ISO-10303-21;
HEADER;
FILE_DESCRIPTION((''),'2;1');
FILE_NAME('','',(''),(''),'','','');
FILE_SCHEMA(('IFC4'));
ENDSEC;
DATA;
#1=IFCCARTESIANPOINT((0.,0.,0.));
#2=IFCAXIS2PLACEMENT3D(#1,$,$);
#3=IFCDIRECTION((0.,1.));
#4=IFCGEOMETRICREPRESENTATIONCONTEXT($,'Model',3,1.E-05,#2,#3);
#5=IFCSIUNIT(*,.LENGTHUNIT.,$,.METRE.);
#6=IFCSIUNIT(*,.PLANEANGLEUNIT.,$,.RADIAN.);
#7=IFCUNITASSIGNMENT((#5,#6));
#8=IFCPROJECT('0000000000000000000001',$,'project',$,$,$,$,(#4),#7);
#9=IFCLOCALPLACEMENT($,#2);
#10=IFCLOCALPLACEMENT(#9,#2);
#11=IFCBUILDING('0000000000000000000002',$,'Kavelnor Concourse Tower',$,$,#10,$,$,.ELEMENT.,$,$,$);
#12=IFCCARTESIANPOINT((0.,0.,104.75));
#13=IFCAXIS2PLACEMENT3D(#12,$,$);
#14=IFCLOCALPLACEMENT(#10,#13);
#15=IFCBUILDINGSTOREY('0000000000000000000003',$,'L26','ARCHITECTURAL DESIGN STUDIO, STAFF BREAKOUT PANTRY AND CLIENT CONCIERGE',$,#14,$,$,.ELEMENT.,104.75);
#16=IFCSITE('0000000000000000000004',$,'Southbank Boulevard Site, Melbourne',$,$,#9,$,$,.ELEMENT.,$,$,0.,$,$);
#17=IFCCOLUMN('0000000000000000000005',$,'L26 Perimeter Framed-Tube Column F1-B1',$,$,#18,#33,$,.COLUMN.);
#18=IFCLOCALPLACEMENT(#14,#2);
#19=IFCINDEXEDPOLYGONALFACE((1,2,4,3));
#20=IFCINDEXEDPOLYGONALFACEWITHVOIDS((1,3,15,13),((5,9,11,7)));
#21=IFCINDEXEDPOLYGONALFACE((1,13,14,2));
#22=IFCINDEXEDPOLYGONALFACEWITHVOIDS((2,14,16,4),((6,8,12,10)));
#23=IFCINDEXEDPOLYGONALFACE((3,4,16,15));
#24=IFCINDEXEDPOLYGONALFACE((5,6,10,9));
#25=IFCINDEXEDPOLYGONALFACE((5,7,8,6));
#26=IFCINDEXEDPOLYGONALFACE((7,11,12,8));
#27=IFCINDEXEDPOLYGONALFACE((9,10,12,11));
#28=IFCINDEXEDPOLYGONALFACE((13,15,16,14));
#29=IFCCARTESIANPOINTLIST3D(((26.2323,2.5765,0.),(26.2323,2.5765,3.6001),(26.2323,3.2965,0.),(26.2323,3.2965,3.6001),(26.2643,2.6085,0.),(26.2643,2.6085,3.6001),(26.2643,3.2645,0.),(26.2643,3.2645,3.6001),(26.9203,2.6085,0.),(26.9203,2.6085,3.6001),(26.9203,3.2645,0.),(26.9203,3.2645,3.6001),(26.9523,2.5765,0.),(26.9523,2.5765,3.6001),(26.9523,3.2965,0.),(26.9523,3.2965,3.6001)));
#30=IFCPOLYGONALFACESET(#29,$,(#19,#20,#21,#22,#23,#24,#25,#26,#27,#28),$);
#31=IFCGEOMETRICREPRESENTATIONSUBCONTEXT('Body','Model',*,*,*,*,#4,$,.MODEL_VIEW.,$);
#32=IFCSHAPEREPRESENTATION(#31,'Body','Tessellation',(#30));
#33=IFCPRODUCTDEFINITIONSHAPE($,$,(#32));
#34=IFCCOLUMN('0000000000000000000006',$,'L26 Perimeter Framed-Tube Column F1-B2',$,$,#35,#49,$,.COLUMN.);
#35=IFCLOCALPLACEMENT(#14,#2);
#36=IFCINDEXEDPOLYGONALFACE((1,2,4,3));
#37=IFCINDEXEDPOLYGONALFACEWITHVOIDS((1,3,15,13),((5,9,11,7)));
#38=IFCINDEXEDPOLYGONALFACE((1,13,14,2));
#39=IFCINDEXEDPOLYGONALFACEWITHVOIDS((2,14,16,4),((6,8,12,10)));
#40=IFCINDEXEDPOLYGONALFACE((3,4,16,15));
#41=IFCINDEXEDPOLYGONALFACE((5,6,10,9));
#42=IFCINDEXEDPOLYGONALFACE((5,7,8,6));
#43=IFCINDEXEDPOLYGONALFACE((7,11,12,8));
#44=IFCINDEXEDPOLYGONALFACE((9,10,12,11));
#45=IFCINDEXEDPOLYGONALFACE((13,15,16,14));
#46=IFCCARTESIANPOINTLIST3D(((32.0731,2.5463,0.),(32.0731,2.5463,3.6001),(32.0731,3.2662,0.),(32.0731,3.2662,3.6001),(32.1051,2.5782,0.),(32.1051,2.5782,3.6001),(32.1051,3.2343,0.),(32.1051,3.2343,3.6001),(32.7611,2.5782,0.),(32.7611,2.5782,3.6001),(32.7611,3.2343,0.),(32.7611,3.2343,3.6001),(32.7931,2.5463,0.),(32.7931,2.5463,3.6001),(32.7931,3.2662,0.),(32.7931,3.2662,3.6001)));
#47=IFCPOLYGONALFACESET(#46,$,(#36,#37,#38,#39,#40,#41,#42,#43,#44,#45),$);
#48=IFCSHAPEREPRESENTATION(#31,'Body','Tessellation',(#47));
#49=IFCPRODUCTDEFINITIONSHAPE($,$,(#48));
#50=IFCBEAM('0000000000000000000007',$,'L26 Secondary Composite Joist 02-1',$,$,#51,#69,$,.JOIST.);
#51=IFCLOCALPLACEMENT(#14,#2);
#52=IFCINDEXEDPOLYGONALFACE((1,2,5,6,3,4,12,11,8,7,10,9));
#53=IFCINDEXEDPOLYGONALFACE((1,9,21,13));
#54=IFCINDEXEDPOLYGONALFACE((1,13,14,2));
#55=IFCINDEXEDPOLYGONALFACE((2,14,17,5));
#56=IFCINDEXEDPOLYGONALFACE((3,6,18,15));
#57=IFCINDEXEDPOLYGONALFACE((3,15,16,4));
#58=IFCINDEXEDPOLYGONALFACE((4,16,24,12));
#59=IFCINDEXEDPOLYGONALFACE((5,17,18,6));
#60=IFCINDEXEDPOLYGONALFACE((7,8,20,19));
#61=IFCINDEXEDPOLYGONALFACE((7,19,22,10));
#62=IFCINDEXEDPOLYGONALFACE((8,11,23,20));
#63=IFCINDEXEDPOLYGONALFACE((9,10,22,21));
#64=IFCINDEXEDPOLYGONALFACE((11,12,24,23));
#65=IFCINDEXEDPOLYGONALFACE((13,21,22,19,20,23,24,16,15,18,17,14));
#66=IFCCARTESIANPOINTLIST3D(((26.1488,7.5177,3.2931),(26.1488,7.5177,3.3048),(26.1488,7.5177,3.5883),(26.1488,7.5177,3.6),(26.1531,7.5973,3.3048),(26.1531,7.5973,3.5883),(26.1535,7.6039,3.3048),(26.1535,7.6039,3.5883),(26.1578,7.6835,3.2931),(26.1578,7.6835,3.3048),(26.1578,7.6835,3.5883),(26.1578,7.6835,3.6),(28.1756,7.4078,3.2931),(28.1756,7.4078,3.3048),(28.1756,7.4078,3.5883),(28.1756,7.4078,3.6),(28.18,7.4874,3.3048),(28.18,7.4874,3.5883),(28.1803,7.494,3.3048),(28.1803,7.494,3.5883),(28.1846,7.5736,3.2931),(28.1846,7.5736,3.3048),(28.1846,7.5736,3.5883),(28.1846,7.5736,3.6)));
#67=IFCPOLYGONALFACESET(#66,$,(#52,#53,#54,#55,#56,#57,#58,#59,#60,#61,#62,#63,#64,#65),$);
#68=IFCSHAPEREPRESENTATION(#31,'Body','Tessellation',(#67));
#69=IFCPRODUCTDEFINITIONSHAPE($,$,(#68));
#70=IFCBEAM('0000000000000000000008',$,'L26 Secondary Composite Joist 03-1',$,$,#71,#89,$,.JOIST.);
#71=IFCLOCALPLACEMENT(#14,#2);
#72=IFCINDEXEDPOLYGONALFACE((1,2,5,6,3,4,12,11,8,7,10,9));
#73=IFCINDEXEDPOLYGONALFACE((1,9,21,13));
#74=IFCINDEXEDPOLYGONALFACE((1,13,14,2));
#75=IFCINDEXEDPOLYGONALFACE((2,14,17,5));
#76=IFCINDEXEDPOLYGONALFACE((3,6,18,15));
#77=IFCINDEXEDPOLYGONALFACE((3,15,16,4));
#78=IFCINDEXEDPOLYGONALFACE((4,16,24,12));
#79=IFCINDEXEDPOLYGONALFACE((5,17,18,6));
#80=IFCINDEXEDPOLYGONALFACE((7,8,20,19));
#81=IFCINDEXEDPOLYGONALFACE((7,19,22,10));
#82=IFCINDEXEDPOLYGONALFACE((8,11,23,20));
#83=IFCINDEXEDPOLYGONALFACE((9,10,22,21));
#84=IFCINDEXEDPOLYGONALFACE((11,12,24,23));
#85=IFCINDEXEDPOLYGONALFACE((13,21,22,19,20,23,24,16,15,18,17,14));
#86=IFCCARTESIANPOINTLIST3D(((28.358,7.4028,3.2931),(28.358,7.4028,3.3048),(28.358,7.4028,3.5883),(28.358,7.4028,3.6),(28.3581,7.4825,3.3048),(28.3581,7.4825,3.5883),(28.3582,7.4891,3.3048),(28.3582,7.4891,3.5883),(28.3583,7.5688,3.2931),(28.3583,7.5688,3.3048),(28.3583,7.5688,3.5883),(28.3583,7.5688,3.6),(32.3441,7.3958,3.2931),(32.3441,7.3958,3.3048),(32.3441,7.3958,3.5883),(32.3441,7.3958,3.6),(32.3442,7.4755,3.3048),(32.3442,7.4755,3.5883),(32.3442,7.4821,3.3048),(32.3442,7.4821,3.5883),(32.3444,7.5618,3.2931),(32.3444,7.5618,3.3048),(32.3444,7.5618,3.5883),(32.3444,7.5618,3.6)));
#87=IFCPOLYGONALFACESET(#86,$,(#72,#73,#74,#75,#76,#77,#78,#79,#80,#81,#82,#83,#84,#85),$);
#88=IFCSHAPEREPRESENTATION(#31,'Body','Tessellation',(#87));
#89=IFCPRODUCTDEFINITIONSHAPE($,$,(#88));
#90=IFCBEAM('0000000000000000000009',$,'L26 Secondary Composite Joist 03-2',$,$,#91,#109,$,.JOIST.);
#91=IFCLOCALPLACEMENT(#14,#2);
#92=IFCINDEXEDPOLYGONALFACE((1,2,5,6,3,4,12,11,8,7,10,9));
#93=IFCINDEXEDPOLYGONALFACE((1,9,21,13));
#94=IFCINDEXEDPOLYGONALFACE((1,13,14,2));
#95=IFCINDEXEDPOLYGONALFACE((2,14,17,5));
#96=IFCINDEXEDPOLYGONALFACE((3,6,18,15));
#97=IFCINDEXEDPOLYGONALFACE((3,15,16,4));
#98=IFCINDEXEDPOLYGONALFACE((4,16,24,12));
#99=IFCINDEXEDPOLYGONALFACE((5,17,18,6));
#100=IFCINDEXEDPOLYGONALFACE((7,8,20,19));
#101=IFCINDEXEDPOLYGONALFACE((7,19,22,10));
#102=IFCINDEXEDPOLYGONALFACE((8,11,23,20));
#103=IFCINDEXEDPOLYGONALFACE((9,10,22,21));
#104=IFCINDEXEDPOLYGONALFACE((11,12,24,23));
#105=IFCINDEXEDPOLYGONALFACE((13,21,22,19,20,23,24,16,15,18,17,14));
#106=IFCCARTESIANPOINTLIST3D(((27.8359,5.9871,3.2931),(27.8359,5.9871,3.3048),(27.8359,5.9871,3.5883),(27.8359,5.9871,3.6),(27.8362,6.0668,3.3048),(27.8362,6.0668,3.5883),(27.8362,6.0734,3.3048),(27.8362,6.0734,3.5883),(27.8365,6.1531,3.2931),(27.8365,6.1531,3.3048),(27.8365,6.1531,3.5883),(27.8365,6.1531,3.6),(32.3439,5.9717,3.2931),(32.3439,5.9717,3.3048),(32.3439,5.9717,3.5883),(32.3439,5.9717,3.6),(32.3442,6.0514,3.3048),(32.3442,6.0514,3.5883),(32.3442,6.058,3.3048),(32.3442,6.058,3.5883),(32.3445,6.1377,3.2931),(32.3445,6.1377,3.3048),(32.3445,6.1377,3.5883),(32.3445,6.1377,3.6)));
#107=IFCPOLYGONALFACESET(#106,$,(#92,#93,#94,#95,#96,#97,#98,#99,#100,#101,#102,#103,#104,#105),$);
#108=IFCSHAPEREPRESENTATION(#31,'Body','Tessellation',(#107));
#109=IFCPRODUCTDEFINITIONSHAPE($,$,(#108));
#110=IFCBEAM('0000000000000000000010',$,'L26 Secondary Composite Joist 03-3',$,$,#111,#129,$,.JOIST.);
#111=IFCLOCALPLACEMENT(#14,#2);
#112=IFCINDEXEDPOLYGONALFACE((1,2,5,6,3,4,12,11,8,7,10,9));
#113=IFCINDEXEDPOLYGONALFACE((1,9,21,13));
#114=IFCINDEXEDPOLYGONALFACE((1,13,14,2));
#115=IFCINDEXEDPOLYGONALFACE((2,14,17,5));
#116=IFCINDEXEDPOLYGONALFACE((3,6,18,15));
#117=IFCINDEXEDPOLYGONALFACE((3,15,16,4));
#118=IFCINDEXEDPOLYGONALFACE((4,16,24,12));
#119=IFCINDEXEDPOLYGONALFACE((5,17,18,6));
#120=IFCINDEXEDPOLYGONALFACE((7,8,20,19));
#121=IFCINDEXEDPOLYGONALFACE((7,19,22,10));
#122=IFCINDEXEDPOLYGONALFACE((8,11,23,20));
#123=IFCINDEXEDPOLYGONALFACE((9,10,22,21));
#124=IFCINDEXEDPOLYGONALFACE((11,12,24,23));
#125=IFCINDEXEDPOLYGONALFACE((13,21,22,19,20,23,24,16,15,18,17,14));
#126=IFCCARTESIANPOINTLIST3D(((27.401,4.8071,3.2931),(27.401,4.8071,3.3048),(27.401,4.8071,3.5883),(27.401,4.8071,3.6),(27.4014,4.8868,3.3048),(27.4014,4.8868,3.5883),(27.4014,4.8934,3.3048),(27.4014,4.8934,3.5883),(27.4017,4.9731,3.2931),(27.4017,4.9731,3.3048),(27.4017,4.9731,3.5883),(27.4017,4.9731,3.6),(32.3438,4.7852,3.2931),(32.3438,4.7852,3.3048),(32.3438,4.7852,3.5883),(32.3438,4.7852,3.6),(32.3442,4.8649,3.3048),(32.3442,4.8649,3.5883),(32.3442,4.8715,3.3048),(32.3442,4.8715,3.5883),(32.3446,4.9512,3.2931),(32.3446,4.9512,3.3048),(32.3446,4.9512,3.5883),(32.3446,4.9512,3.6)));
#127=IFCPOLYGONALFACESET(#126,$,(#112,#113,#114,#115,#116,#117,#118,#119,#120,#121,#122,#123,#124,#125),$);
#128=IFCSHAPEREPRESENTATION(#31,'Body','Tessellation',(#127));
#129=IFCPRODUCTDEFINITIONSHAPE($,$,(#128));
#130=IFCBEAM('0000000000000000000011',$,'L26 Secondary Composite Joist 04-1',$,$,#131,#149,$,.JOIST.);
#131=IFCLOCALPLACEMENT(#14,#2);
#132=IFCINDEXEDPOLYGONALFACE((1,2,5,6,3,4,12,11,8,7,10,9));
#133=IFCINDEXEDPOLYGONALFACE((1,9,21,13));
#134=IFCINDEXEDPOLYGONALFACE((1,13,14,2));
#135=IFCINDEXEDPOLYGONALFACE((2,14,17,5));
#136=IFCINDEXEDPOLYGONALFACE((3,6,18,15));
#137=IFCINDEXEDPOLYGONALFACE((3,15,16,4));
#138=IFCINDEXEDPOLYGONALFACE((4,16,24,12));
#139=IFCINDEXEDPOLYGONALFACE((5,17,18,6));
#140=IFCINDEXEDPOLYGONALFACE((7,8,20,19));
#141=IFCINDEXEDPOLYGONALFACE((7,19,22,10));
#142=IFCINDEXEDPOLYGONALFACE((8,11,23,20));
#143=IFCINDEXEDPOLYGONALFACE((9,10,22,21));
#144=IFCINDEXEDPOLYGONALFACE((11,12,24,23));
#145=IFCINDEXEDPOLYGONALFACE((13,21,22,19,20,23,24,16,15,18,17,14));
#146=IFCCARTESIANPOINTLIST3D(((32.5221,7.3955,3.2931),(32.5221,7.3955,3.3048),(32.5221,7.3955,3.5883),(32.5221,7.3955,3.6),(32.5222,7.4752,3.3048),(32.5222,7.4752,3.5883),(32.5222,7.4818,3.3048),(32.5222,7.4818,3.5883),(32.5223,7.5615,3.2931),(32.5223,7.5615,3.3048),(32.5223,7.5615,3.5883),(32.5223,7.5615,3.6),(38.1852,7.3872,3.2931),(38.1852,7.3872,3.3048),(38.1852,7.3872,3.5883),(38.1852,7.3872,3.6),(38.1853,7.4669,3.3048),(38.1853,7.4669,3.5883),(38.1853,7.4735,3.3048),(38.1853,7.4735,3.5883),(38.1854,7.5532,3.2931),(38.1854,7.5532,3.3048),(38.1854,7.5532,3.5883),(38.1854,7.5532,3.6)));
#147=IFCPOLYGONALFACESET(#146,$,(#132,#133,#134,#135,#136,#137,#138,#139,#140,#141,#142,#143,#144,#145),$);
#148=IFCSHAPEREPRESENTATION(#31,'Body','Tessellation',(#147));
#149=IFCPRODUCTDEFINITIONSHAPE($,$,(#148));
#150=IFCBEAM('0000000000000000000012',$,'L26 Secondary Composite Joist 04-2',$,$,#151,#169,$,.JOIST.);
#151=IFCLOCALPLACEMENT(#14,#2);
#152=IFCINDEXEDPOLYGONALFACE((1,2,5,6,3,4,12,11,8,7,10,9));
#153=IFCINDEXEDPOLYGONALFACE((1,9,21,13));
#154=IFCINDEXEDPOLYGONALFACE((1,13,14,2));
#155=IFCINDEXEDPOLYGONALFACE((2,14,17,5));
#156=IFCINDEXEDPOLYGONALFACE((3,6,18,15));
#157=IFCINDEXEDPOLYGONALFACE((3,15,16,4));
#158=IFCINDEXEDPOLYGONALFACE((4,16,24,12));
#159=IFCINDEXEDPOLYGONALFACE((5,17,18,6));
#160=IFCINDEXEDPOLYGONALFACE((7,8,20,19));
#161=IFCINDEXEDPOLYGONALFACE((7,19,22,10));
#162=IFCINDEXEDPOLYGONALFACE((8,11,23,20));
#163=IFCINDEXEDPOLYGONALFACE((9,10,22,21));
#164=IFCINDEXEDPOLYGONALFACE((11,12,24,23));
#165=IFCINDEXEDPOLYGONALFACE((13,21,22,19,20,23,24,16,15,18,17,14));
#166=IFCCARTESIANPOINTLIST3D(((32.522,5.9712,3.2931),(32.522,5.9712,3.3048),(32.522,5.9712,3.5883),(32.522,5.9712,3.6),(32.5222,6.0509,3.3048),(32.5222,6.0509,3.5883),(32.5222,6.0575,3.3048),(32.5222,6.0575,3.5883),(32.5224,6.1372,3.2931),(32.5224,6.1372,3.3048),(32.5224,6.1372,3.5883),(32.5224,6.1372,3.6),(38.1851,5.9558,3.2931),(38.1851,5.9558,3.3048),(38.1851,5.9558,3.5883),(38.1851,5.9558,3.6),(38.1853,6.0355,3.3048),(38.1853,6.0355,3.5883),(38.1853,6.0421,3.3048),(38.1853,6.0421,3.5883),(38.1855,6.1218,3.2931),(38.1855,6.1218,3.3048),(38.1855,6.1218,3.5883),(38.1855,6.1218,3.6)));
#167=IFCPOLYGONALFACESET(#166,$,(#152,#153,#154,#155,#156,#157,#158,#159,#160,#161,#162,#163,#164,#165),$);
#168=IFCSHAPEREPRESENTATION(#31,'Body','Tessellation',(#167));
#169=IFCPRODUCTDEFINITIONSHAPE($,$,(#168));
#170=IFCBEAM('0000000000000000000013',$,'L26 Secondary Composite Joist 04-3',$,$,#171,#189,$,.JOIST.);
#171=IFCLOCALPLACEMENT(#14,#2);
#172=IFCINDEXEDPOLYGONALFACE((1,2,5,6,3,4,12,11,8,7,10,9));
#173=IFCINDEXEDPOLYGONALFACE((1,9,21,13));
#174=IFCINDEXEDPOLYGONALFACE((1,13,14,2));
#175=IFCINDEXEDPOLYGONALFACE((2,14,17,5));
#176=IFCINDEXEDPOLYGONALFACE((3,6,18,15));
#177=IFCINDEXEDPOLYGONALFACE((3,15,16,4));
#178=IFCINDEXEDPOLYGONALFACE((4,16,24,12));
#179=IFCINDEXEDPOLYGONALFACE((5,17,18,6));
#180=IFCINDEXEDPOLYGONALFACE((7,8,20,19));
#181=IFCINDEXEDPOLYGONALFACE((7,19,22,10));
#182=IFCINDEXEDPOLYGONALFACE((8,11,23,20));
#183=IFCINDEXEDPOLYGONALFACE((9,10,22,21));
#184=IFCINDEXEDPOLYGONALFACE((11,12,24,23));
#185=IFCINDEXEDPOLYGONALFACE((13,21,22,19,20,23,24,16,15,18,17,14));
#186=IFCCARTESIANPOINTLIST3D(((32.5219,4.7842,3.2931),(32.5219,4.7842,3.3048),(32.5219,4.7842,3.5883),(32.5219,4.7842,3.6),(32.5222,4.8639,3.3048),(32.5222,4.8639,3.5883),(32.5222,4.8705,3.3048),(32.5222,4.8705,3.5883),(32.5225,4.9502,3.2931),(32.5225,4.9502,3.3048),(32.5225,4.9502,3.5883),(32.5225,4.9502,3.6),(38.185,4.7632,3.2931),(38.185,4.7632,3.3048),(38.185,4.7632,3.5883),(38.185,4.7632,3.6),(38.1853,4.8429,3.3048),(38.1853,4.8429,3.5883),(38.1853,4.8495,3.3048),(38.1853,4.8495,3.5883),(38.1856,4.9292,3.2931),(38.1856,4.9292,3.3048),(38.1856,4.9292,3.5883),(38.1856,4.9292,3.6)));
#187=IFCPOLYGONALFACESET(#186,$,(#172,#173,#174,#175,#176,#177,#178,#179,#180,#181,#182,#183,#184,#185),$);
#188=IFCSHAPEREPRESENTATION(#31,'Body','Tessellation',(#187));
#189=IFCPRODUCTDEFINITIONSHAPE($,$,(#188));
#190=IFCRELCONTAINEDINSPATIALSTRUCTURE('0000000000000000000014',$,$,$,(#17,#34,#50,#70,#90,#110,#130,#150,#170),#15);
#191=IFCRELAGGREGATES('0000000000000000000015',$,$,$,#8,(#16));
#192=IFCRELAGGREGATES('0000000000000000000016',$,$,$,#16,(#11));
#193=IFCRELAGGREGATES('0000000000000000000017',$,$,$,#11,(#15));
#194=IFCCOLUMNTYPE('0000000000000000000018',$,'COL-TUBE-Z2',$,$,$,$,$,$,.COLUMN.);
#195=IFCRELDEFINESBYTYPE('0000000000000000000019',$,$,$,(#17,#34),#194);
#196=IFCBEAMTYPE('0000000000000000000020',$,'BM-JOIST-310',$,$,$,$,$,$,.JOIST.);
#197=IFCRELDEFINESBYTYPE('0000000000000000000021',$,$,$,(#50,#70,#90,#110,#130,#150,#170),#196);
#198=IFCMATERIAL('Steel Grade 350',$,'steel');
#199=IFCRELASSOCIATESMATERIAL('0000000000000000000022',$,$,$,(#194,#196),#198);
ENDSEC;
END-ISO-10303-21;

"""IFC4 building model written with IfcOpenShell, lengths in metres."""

from ifc_helpers import new_model, si_unit, direction, frame, origin, origin_2d, place, context, subcontext, project, spatial, hollow_rectangle, i_section, extrude, material, material_profile, profile_set, type_object, element, save


model = new_model("IFC4")

# Units and contexts
model_context = context("Model", 3, precision=1e-05, world=origin(), true_north=direction((0.0, 1.0)))
body_context = subcontext(model_context, "Body", "Model", "MODEL_VIEW")
ifc_project = project(units=[si_unit("LENGTHUNIT", "METRE"), si_unit("PLANEANGLEUNIT", "RADIAN")], contexts=[model_context])

# Site, building, storey
site_placement = place(None, origin())
site = spatial("IfcSite", under=ifc_project, at=site_placement, Name="Southbank Boulevard Site, Melbourne", CompositionType="ELEMENT", RefElevation=0.0)
building_placement = place(site_placement, origin())
building = spatial("IfcBuilding", under=site, at=building_placement, Name="Kavelnor Concourse Tower", CompositionType="ELEMENT")
storey_placement = place(building_placement, frame((0.0, 0.0, 104.75)))
storey = spatial("IfcBuildingStorey", under=building, at=storey_placement, Name="L26", Description="ARCHITECTURAL DESIGN STUDIO, STAFF BREAKOUT PANTRY AND CLIENT CONCIERGE", CompositionType="ELEMENT", Elevation=104.75)

# Columns
ifc_material_1 = material(Name="Steel Grade 350", Category="steel")
ifc_material_profile_1 = material_profile(ifc_material_1, hollow_rectangle(XDim=0.72, YDim=0.72, WallThickness=0.032, at=origin_2d()), Name="SHS 720x720x32")
ifc_profile_set_1 = profile_set([ifc_material_profile_1], Name="Steel Grade 350")
column_type = type_object("IfcColumnType", Name="COL-TUBE-Z2", PredefinedType="COLUMN", material=ifc_profile_set_1)
for number, where, z_axis, x_axis, name in (
    (1, (26.5923, 2.9365, 0.0), (0.0, 0.0, 1.0), (1.0, 0.0, 0.0), "L26 Perimeter Framed-Tube Column F1-B1"),
    (2, (32.4331, 2.9062, 0.0), (0.0, 0.0, 1.0), (1.0, 0.0, 0.0), "L26 Perimeter Framed-Tube Column F1-B2"),
):
    element("IfcColumn", number, at=place(storey_placement, frame(where, z_axis=z_axis, x_axis=x_axis)), inside=storey, type_object=column_type, Name=name, PredefinedType="COLUMN", context=body_context, shape_type="SweptSolid", body=[
        extrude(hollow_rectangle(XDim=0.72, YDim=0.72, WallThickness=0.032, at=origin_2d()), origin(), (0.0, 0.0, 1.0), 3.6001),
    ])

# Beams
ifc_material_profile_2 = material_profile(ifc_material_1, i_section(OverallWidth=0.166, OverallDepth=0.3069, WebThickness=0.0066, FlangeThickness=0.0117, at=origin_2d()), Name="310UB46")
ifc_profile_set_2 = profile_set([ifc_material_profile_2], Name="Steel Grade 350")
beam_type_1 = type_object("IfcBeamType", Name="BM-JOIST-310", PredefinedType="JOIST", material=ifc_profile_set_2)
beam_1_placement = place(storey_placement, frame((26.1533, 7.6006, 3.4465), z_axis=(0.998534, -0.054124, 0.0), x_axis=(0.054124, 0.998534, 0.0)))
element("IfcBeam", 3, at=beam_1_placement, inside=storey, type_object=beam_type_1, Name="L26 Secondary Composite Joist 02-1", PredefinedType="JOIST", context=body_context, shape_type="SweptSolid", body=[
    extrude(i_section(OverallWidth=0.166, OverallDepth=0.3069, WebThickness=0.0066, FlangeThickness=0.0117, at=origin_2d()), origin(), (0.0, 0.0, 1.0), 2.0298),
])
beam_2_placement = place(storey_placement, frame((28.3582, 7.4858, 3.4465), z_axis=(0.999998, -0.001776, 0.0), x_axis=(0.001776, 0.999998, 0.0)))
element("IfcBeam", 4, at=beam_2_placement, inside=storey, type_object=beam_type_1, Name="L26 Secondary Composite Joist 03-1", PredefinedType="JOIST", context=body_context, shape_type="SweptSolid", body=[
    extrude(i_section(OverallWidth=0.166, OverallDepth=0.3069, WebThickness=0.0066, FlangeThickness=0.0117, at=origin_2d()), origin(), (0.0, 0.0, 1.0), 3.9861),
])
beam_3_placement = place(storey_placement, frame((27.8362, 6.0701, 3.4465), z_axis=(0.999994, -0.003412, 0.0), x_axis=(0.003412, 0.999994, 0.0)))
element("IfcBeam", 5, at=beam_3_placement, inside=storey, type_object=beam_type_1, Name="L26 Secondary Composite Joist 03-2", PredefinedType="JOIST", context=body_context, shape_type="SweptSolid", body=[
    extrude(i_section(OverallWidth=0.166, OverallDepth=0.3069, WebThickness=0.0066, FlangeThickness=0.0117, at=origin_2d()), origin(), (0.0, 0.0, 1.0), 4.5081),
])
beam_4_placement = place(storey_placement, frame((27.4014, 4.8901, 3.4465), z_axis=(0.99999, -0.004445, 0.0), x_axis=(0.004445, 0.99999, 0.0)))
element("IfcBeam", 6, at=beam_4_placement, inside=storey, type_object=beam_type_1, Name="L26 Secondary Composite Joist 03-3", PredefinedType="JOIST", context=body_context, shape_type="SweptSolid", body=[
    extrude(i_section(OverallWidth=0.166, OverallDepth=0.3069, WebThickness=0.0066, FlangeThickness=0.0117, at=origin_2d()), origin(), (0.0, 0.0, 1.0), 4.9429),
])
for number, where, z_axis, x_axis, name in (
    (7, (32.5222, 7.4785, 3.4465), (0.999999, -0.001466, 0.0), (0.001466, 0.999999, 0.0), "L26 Secondary Composite Joist 04-1"),
    (8, (32.5222, 6.0542, 3.4465), (0.999996, -0.002716, 0.0), (0.002716, 0.999996, 0.0), "L26 Secondary Composite Joist 04-2"),
    (9, (32.5222, 4.8672, 3.4465), (0.999993, -0.003708, 0.0), (0.003708, 0.999993, 0.0), "L26 Secondary Composite Joist 04-3"),
):
    element("IfcBeam", number, at=place(storey_placement, frame(where, z_axis=z_axis, x_axis=x_axis)), inside=storey, type_object=beam_type_1, Name=name, PredefinedType="JOIST", context=body_context, shape_type="SweptSolid", body=[
        extrude(i_section(OverallWidth=0.166, OverallDepth=0.3069, WebThickness=0.0066, FlangeThickness=0.0117, at=origin_2d()), origin(), (0.0, 0.0, 1.0), 5.6631),
    ])

save(model, "model.ifc")
